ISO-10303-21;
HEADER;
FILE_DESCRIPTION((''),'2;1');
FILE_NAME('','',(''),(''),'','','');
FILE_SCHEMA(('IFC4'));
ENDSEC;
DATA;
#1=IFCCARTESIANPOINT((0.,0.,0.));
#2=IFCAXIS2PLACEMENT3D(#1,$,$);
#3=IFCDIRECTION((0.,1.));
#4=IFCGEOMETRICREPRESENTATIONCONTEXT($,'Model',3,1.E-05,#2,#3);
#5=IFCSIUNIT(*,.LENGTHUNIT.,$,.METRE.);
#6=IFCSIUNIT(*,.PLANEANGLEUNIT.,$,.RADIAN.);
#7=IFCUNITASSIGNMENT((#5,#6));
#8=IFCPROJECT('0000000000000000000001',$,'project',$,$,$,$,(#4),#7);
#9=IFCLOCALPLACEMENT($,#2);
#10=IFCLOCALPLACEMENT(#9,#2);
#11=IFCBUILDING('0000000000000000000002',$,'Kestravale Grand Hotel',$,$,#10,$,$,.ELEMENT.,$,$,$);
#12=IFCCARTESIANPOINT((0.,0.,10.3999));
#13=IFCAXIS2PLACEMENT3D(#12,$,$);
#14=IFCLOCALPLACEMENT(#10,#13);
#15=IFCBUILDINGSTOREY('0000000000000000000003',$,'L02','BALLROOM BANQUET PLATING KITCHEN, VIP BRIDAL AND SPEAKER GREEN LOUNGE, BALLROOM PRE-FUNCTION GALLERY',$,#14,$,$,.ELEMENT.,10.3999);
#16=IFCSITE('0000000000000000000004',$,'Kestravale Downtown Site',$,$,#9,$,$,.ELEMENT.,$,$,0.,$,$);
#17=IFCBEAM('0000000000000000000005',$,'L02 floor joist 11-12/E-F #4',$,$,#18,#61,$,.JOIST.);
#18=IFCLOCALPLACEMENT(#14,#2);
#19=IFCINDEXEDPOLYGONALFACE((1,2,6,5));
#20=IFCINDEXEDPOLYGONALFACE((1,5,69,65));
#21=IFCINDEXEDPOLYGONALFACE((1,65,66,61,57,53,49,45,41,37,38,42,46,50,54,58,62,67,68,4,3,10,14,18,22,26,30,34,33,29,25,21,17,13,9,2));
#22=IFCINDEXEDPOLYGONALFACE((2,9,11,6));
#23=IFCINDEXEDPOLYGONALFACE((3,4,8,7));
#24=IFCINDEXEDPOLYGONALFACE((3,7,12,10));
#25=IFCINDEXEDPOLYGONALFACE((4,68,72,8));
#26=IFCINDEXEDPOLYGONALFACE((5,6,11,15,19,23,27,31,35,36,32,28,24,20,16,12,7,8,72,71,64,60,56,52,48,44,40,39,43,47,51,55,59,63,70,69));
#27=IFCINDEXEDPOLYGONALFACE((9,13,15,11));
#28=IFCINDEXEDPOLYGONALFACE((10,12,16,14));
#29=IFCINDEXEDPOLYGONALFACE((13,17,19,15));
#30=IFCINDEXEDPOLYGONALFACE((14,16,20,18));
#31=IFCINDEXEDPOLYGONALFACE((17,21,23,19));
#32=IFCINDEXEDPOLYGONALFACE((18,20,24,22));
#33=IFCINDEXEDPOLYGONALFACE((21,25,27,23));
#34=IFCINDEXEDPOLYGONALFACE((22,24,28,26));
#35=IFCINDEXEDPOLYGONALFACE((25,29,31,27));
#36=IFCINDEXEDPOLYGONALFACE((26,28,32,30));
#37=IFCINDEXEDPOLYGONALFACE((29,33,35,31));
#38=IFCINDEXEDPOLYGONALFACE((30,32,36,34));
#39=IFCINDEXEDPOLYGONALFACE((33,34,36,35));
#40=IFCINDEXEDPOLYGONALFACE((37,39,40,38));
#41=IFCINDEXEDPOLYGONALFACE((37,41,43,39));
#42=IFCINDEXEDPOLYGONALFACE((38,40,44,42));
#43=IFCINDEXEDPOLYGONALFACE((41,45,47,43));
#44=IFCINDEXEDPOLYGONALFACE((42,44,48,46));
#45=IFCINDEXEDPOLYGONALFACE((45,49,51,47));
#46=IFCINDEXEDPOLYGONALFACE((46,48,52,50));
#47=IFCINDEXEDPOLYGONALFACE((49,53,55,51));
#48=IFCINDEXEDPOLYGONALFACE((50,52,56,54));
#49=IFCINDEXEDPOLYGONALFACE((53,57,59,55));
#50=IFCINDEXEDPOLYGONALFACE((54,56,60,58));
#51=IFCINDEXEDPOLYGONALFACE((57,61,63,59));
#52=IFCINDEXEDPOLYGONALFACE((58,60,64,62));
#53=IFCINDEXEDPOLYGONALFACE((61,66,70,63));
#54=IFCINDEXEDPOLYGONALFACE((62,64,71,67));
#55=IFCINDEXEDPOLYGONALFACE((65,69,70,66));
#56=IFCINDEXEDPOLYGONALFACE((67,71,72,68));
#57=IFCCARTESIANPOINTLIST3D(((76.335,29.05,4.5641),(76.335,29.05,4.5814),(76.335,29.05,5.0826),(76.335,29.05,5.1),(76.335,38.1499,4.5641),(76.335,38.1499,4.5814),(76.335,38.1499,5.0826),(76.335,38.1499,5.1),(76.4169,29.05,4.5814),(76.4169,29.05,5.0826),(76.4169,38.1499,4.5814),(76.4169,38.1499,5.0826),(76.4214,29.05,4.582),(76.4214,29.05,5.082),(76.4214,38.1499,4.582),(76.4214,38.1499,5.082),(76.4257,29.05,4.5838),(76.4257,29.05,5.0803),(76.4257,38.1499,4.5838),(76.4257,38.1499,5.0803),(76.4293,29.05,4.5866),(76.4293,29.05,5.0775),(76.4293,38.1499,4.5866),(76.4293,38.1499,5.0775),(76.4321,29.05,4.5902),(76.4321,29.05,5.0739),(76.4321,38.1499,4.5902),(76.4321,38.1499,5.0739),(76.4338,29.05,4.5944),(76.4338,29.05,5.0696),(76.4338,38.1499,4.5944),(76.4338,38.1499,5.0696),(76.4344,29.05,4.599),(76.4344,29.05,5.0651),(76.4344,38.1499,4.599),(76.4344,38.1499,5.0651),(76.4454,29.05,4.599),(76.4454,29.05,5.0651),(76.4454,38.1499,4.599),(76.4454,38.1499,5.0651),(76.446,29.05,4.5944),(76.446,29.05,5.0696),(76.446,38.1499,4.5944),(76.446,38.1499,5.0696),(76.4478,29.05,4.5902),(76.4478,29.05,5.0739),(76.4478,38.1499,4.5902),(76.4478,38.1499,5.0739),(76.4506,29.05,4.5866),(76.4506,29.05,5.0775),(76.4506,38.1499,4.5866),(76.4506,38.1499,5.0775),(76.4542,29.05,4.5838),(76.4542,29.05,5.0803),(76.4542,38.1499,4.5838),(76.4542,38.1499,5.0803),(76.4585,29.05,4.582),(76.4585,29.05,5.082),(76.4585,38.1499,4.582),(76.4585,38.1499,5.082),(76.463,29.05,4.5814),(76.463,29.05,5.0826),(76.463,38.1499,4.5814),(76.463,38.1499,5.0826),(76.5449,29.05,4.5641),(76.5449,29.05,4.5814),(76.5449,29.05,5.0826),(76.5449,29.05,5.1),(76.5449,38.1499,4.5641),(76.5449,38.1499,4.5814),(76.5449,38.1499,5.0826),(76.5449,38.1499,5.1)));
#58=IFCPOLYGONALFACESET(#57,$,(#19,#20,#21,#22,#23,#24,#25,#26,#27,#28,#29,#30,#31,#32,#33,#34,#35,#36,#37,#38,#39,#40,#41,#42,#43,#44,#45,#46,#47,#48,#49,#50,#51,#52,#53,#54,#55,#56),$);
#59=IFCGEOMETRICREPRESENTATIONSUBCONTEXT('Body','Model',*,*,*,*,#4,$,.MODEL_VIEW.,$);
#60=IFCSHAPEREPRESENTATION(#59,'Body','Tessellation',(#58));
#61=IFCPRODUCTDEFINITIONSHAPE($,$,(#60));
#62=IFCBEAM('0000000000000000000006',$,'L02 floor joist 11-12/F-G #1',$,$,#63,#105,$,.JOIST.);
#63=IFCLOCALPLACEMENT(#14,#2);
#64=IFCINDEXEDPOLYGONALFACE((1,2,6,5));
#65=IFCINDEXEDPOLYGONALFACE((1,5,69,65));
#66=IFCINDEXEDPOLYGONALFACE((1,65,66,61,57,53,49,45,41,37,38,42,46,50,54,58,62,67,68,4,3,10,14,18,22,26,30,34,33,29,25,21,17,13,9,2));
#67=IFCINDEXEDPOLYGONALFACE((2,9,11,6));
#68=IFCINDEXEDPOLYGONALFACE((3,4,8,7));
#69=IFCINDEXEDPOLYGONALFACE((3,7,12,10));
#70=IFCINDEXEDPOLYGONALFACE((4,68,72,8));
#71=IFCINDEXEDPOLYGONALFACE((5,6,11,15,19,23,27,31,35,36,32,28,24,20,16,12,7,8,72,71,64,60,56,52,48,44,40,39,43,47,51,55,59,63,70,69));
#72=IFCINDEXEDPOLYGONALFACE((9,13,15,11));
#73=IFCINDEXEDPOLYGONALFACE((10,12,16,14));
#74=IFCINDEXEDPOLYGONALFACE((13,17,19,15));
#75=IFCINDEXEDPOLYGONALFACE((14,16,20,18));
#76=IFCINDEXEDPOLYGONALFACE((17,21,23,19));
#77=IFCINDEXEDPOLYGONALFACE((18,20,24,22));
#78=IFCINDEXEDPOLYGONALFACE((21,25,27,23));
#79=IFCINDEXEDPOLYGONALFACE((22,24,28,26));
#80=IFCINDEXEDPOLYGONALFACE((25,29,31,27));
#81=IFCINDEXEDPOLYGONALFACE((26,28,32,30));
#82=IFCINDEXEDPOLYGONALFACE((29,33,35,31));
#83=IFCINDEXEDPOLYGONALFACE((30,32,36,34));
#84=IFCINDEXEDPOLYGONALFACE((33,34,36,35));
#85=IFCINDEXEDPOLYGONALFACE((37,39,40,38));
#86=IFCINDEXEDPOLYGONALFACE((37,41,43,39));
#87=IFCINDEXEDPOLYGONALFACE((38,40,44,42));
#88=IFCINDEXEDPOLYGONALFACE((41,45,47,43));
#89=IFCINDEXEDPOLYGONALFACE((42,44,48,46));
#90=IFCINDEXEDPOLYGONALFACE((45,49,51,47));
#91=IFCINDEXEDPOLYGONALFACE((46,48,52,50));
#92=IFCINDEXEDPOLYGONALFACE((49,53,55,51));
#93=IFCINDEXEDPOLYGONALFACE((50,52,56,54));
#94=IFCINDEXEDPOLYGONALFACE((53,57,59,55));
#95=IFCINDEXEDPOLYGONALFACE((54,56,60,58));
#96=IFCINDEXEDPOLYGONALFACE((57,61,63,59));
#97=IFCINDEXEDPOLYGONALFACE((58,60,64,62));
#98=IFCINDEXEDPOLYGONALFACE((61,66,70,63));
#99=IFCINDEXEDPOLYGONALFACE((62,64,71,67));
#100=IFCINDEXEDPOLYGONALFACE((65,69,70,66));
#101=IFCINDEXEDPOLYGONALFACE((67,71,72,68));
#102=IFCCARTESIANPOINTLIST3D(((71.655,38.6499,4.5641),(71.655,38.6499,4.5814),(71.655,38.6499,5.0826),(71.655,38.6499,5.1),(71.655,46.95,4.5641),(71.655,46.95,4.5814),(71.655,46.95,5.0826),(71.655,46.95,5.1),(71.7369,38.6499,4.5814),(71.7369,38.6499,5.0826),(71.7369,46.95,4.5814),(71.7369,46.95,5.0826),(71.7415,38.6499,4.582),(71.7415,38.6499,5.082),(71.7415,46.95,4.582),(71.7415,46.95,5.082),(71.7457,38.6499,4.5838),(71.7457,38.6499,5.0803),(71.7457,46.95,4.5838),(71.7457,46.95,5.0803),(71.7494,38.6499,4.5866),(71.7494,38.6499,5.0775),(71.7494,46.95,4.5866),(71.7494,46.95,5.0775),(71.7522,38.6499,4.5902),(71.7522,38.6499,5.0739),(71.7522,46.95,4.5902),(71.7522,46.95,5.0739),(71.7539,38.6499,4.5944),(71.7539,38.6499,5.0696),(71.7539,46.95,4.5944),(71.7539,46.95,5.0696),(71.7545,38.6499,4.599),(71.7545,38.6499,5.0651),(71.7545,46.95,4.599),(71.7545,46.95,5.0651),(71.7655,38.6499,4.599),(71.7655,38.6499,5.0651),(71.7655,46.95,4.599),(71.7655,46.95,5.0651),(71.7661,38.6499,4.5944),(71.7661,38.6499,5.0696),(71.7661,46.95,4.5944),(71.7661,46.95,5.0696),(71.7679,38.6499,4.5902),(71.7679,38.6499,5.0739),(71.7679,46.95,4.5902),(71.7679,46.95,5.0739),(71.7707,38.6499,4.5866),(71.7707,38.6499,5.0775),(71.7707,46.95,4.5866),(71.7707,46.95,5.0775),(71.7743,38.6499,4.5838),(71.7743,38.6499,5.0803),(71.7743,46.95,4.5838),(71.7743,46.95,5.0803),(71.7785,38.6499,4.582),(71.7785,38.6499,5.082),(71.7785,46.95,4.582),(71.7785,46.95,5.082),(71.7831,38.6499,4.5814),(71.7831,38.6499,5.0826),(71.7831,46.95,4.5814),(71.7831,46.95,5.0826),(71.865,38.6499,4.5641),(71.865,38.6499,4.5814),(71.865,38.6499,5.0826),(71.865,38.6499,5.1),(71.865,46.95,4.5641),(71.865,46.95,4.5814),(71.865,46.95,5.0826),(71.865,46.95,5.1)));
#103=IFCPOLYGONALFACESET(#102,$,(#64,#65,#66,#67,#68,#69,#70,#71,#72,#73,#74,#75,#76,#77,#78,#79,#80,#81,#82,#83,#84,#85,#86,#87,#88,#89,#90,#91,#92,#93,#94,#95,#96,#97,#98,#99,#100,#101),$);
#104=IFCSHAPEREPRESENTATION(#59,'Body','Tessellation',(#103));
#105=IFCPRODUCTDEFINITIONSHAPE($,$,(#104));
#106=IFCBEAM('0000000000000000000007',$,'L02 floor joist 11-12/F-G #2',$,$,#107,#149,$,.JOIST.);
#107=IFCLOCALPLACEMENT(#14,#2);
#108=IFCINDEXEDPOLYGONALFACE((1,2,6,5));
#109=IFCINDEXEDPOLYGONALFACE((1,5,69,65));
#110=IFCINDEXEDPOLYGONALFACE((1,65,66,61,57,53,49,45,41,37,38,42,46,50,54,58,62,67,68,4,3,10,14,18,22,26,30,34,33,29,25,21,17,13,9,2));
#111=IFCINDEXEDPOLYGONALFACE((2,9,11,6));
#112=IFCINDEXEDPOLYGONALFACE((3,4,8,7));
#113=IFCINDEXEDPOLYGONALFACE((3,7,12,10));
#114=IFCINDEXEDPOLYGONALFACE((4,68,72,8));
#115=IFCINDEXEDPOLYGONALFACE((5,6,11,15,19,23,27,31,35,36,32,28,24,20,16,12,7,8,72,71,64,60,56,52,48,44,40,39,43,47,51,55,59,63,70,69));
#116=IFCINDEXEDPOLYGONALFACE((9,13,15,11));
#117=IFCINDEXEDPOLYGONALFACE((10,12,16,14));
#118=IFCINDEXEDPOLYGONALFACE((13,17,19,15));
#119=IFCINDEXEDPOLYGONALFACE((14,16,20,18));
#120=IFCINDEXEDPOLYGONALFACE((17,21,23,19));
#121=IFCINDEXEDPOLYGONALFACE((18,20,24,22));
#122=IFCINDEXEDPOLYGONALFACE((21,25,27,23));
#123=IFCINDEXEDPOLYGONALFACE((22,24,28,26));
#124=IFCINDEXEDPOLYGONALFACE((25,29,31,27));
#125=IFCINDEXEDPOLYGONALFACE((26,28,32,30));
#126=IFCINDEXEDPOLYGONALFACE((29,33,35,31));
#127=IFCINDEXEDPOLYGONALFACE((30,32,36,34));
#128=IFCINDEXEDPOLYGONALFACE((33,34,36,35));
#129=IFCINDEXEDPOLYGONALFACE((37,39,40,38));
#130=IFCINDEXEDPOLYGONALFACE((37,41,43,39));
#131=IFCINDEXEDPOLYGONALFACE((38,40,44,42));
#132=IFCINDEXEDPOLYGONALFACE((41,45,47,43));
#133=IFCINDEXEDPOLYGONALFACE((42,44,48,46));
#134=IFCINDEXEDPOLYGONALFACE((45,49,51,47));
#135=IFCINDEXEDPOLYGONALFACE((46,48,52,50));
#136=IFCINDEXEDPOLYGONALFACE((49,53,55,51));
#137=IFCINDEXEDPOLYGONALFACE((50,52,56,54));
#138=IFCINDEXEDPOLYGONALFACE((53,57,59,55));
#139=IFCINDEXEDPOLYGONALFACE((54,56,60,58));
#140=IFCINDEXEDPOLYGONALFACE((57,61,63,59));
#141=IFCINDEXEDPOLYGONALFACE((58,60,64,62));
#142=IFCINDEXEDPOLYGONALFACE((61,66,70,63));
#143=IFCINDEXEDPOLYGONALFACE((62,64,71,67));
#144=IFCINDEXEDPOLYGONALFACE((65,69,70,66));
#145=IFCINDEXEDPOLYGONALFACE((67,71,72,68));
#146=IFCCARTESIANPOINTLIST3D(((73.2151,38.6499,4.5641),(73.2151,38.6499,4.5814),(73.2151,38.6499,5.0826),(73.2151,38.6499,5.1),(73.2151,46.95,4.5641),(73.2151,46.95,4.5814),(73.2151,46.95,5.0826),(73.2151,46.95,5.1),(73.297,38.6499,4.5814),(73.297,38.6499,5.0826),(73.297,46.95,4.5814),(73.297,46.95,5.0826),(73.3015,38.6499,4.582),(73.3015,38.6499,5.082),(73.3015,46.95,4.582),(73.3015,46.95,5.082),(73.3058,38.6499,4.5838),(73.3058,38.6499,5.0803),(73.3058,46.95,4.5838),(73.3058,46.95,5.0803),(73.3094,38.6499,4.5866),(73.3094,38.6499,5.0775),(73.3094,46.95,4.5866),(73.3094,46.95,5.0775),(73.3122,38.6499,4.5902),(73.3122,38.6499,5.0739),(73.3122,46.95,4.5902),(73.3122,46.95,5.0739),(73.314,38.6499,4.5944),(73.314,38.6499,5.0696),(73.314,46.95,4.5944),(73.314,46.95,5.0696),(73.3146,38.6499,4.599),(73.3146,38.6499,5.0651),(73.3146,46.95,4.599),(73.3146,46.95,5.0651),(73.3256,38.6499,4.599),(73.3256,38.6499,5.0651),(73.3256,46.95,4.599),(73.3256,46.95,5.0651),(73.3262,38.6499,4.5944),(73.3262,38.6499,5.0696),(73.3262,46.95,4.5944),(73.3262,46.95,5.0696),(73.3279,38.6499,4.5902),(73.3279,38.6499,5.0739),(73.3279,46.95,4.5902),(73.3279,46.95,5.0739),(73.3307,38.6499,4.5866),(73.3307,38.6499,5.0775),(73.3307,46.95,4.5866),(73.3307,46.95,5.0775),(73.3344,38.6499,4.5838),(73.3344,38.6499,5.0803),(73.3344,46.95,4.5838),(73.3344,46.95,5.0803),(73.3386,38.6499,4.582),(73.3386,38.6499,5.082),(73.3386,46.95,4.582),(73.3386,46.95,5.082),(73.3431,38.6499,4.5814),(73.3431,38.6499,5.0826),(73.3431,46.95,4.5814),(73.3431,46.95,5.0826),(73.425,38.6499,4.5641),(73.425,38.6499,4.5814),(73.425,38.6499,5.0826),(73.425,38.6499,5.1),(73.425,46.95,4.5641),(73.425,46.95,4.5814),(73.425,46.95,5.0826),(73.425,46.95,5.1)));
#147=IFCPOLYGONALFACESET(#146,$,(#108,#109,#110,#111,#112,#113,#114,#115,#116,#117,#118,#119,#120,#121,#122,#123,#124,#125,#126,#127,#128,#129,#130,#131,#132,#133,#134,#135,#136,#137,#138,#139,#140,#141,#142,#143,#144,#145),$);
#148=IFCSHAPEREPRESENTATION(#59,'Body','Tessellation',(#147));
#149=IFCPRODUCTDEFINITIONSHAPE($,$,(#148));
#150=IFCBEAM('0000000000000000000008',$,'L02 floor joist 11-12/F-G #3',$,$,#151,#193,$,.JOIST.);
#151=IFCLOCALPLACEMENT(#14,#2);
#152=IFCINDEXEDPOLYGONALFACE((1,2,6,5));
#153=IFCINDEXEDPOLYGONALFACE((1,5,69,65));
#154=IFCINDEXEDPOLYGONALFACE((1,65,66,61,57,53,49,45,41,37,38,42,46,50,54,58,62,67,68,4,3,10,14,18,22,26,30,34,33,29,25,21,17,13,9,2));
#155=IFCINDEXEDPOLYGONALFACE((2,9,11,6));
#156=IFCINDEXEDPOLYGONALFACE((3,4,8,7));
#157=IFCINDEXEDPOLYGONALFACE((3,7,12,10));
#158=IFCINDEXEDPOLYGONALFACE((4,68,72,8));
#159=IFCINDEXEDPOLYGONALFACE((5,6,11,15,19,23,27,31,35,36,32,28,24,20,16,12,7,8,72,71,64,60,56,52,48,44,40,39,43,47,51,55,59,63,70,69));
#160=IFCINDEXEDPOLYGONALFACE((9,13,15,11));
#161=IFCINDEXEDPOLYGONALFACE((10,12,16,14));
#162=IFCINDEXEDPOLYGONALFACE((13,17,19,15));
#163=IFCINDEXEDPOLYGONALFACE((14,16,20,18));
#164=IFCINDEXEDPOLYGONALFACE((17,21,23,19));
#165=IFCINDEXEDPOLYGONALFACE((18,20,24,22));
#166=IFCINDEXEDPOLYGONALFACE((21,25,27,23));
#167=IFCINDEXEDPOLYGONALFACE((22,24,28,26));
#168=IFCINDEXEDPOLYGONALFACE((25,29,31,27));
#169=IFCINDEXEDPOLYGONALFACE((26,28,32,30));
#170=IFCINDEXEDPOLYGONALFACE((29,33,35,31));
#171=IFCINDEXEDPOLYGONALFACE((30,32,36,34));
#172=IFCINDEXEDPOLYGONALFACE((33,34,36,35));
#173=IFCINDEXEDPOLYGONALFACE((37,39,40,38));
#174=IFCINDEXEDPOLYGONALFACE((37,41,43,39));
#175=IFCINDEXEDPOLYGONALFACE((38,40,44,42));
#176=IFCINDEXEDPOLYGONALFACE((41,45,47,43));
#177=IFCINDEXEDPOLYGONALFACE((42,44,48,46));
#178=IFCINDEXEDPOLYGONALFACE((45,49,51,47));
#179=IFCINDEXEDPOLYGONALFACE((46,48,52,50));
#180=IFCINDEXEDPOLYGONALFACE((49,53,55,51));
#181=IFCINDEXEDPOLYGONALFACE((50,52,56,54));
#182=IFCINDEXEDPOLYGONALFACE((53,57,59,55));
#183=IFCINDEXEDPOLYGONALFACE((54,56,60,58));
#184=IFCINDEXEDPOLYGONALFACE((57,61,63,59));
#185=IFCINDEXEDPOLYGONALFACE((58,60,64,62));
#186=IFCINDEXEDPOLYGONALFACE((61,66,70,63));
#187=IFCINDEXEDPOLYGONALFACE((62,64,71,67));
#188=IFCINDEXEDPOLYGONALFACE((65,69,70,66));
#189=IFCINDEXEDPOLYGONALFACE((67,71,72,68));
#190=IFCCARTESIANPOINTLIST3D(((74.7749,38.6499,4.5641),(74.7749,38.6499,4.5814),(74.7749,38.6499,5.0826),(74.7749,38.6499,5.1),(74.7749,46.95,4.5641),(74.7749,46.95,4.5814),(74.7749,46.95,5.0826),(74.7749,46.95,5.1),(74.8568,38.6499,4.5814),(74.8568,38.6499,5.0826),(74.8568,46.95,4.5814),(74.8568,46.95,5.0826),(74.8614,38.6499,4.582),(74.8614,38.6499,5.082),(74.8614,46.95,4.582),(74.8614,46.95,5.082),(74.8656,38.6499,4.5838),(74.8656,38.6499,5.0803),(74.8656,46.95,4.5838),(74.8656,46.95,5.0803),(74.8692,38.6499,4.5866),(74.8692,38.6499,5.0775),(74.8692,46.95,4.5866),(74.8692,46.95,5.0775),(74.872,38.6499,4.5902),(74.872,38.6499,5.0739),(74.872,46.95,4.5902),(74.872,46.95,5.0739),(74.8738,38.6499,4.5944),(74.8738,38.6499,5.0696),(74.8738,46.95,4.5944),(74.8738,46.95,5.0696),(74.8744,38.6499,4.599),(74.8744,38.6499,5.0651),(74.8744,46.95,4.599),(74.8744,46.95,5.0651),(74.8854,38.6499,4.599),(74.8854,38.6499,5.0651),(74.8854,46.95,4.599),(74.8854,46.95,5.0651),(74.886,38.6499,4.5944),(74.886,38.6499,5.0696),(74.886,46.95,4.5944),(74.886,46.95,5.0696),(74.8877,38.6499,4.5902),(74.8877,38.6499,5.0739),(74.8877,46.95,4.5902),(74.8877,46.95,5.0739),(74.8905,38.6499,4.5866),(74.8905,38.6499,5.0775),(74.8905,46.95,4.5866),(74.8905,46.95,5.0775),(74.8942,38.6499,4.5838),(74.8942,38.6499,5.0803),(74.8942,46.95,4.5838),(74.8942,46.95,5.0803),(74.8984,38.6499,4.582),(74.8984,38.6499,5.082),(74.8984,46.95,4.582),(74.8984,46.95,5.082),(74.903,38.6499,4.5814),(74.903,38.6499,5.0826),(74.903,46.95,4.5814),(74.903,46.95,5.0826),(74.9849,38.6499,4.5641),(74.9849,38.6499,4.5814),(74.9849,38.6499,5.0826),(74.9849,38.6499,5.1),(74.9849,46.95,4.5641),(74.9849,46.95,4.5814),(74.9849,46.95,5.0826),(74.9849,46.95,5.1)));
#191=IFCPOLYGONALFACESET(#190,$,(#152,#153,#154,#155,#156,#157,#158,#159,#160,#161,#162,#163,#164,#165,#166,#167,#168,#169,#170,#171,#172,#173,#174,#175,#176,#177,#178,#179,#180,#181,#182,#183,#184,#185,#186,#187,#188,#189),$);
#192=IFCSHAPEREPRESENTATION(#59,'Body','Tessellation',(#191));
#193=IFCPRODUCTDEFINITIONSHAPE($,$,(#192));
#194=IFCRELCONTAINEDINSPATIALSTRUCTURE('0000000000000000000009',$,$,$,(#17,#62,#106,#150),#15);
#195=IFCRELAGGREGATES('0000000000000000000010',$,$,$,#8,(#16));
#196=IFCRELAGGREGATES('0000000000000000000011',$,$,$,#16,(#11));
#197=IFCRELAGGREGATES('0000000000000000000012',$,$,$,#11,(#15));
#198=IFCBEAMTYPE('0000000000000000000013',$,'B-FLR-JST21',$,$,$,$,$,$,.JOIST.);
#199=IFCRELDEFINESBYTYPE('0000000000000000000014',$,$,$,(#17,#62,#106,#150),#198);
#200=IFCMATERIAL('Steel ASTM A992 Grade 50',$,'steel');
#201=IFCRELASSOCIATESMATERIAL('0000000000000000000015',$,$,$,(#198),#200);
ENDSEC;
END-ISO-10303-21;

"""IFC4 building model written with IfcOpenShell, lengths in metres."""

from ifc_helpers import new_model, si_unit, direction, frame, origin, origin_2d, place, context, subcontext, project, spatial, i_section, extrude, material, material_profile, profile_set, type_object, element, save


model = new_model("IFC4")

# Units and contexts
model_context = context("Model", 3, precision=1e-05, world=origin(), true_north=direction((0.0, 1.0)))
body_context = subcontext(model_context, "Body", "Model", "MODEL_VIEW")
ifc_project = project(units=[si_unit("LENGTHUNIT", "METRE"), si_unit("PLANEANGLEUNIT", "RADIAN")], contexts=[model_context])

# Site, building, storey
site_placement = place(None, origin())
site = spatial("IfcSite", under=ifc_project, at=site_placement, Name="Kestravale Downtown Site", CompositionType="ELEMENT", RefElevation=0.0)
building_placement = place(site_placement, origin())
building = spatial("IfcBuilding", under=site, at=building_placement, Name="Kestravale Grand Hotel", CompositionType="ELEMENT")
storey_placement = place(building_placement, frame((0.0, 0.0, 10.3999)))
storey = spatial("IfcBuildingStorey", under=building, at=storey_placement, Name="L02", Description="BALLROOM BANQUET PLATING KITCHEN, VIP BRIDAL AND SPEAKER GREEN LOUNGE, BALLROOM PRE-FUNCTION GALLERY", CompositionType="ELEMENT", Elevation=10.3999)

# Beams
ifc_material_1 = material(Name="Steel ASTM A992 Grade 50", Category="steel")
ifc_material_profile_1 = material_profile(ifc_material_1, i_section(OverallWidth=0.21, OverallDepth=0.5359, WebThickness=0.011, FlangeThickness=0.0173, FilletRadius=0.0176, at=origin_2d()))
ifc_profile_set_1 = profile_set([ifc_material_profile_1], Name="Steel ASTM A992 Grade 50")
beam_type_1 = type_object("IfcBeamType", Name="B-FLR-JST21", PredefinedType="JOIST", material=ifc_profile_set_1)
for number, where, z_axis, x_axis, name in (
    (1, (76.4399, 29.05, 4.832), (0.0, 1.0, 0.0), (-1.0, 0.0, 0.0), "L02 floor joist 11-12/E-F #4"),
):
    element("IfcBeam", number, at=place(storey_placement, frame(where, z_axis=z_axis, x_axis=x_axis)), inside=storey, type_object=beam_type_1, Name=name, PredefinedType="JOIST", context=body_context, shape_type="SweptSolid", body=[
        extrude(i_section(OverallWidth=0.21, OverallDepth=0.5359, WebThickness=0.011, FlangeThickness=0.0173, FilletRadius=0.0176, at=origin_2d()), origin(), (0.0, 0.0, 1.0), 9.0999),
    ])
for number, where, z_axis, x_axis, name in (
    (2, (71.76, 38.6499, 4.832), (0.0, 1.0, 0.0), (-1.0, 0.0, 0.0), "L02 floor joist 11-12/F-G #1"),
    (3, (73.3201, 38.6499, 4.832), (0.0, 1.0, 0.0), (-1.0, 0.0, 0.0), "L02 floor joist 11-12/F-G #2"),
    (4, (74.8799, 38.6499, 4.832), (0.0, 1.0, 0.0), (-1.0, 0.0, 0.0), "L02 floor joist 11-12/F-G #3"),
):
    element("IfcBeam", number, at=place(storey_placement, frame(where, z_axis=z_axis, x_axis=x_axis)), inside=storey, type_object=beam_type_1, Name=name, PredefinedType="JOIST", context=body_context, shape_type="SweptSolid", body=[
        extrude(i_section(OverallWidth=0.21, OverallDepth=0.5359, WebThickness=0.011, FlangeThickness=0.0173, FilletRadius=0.0176, at=origin_2d()), origin(), (0.0, 0.0, 1.0), 8.3),
    ])

save(model, "model.ifc")
